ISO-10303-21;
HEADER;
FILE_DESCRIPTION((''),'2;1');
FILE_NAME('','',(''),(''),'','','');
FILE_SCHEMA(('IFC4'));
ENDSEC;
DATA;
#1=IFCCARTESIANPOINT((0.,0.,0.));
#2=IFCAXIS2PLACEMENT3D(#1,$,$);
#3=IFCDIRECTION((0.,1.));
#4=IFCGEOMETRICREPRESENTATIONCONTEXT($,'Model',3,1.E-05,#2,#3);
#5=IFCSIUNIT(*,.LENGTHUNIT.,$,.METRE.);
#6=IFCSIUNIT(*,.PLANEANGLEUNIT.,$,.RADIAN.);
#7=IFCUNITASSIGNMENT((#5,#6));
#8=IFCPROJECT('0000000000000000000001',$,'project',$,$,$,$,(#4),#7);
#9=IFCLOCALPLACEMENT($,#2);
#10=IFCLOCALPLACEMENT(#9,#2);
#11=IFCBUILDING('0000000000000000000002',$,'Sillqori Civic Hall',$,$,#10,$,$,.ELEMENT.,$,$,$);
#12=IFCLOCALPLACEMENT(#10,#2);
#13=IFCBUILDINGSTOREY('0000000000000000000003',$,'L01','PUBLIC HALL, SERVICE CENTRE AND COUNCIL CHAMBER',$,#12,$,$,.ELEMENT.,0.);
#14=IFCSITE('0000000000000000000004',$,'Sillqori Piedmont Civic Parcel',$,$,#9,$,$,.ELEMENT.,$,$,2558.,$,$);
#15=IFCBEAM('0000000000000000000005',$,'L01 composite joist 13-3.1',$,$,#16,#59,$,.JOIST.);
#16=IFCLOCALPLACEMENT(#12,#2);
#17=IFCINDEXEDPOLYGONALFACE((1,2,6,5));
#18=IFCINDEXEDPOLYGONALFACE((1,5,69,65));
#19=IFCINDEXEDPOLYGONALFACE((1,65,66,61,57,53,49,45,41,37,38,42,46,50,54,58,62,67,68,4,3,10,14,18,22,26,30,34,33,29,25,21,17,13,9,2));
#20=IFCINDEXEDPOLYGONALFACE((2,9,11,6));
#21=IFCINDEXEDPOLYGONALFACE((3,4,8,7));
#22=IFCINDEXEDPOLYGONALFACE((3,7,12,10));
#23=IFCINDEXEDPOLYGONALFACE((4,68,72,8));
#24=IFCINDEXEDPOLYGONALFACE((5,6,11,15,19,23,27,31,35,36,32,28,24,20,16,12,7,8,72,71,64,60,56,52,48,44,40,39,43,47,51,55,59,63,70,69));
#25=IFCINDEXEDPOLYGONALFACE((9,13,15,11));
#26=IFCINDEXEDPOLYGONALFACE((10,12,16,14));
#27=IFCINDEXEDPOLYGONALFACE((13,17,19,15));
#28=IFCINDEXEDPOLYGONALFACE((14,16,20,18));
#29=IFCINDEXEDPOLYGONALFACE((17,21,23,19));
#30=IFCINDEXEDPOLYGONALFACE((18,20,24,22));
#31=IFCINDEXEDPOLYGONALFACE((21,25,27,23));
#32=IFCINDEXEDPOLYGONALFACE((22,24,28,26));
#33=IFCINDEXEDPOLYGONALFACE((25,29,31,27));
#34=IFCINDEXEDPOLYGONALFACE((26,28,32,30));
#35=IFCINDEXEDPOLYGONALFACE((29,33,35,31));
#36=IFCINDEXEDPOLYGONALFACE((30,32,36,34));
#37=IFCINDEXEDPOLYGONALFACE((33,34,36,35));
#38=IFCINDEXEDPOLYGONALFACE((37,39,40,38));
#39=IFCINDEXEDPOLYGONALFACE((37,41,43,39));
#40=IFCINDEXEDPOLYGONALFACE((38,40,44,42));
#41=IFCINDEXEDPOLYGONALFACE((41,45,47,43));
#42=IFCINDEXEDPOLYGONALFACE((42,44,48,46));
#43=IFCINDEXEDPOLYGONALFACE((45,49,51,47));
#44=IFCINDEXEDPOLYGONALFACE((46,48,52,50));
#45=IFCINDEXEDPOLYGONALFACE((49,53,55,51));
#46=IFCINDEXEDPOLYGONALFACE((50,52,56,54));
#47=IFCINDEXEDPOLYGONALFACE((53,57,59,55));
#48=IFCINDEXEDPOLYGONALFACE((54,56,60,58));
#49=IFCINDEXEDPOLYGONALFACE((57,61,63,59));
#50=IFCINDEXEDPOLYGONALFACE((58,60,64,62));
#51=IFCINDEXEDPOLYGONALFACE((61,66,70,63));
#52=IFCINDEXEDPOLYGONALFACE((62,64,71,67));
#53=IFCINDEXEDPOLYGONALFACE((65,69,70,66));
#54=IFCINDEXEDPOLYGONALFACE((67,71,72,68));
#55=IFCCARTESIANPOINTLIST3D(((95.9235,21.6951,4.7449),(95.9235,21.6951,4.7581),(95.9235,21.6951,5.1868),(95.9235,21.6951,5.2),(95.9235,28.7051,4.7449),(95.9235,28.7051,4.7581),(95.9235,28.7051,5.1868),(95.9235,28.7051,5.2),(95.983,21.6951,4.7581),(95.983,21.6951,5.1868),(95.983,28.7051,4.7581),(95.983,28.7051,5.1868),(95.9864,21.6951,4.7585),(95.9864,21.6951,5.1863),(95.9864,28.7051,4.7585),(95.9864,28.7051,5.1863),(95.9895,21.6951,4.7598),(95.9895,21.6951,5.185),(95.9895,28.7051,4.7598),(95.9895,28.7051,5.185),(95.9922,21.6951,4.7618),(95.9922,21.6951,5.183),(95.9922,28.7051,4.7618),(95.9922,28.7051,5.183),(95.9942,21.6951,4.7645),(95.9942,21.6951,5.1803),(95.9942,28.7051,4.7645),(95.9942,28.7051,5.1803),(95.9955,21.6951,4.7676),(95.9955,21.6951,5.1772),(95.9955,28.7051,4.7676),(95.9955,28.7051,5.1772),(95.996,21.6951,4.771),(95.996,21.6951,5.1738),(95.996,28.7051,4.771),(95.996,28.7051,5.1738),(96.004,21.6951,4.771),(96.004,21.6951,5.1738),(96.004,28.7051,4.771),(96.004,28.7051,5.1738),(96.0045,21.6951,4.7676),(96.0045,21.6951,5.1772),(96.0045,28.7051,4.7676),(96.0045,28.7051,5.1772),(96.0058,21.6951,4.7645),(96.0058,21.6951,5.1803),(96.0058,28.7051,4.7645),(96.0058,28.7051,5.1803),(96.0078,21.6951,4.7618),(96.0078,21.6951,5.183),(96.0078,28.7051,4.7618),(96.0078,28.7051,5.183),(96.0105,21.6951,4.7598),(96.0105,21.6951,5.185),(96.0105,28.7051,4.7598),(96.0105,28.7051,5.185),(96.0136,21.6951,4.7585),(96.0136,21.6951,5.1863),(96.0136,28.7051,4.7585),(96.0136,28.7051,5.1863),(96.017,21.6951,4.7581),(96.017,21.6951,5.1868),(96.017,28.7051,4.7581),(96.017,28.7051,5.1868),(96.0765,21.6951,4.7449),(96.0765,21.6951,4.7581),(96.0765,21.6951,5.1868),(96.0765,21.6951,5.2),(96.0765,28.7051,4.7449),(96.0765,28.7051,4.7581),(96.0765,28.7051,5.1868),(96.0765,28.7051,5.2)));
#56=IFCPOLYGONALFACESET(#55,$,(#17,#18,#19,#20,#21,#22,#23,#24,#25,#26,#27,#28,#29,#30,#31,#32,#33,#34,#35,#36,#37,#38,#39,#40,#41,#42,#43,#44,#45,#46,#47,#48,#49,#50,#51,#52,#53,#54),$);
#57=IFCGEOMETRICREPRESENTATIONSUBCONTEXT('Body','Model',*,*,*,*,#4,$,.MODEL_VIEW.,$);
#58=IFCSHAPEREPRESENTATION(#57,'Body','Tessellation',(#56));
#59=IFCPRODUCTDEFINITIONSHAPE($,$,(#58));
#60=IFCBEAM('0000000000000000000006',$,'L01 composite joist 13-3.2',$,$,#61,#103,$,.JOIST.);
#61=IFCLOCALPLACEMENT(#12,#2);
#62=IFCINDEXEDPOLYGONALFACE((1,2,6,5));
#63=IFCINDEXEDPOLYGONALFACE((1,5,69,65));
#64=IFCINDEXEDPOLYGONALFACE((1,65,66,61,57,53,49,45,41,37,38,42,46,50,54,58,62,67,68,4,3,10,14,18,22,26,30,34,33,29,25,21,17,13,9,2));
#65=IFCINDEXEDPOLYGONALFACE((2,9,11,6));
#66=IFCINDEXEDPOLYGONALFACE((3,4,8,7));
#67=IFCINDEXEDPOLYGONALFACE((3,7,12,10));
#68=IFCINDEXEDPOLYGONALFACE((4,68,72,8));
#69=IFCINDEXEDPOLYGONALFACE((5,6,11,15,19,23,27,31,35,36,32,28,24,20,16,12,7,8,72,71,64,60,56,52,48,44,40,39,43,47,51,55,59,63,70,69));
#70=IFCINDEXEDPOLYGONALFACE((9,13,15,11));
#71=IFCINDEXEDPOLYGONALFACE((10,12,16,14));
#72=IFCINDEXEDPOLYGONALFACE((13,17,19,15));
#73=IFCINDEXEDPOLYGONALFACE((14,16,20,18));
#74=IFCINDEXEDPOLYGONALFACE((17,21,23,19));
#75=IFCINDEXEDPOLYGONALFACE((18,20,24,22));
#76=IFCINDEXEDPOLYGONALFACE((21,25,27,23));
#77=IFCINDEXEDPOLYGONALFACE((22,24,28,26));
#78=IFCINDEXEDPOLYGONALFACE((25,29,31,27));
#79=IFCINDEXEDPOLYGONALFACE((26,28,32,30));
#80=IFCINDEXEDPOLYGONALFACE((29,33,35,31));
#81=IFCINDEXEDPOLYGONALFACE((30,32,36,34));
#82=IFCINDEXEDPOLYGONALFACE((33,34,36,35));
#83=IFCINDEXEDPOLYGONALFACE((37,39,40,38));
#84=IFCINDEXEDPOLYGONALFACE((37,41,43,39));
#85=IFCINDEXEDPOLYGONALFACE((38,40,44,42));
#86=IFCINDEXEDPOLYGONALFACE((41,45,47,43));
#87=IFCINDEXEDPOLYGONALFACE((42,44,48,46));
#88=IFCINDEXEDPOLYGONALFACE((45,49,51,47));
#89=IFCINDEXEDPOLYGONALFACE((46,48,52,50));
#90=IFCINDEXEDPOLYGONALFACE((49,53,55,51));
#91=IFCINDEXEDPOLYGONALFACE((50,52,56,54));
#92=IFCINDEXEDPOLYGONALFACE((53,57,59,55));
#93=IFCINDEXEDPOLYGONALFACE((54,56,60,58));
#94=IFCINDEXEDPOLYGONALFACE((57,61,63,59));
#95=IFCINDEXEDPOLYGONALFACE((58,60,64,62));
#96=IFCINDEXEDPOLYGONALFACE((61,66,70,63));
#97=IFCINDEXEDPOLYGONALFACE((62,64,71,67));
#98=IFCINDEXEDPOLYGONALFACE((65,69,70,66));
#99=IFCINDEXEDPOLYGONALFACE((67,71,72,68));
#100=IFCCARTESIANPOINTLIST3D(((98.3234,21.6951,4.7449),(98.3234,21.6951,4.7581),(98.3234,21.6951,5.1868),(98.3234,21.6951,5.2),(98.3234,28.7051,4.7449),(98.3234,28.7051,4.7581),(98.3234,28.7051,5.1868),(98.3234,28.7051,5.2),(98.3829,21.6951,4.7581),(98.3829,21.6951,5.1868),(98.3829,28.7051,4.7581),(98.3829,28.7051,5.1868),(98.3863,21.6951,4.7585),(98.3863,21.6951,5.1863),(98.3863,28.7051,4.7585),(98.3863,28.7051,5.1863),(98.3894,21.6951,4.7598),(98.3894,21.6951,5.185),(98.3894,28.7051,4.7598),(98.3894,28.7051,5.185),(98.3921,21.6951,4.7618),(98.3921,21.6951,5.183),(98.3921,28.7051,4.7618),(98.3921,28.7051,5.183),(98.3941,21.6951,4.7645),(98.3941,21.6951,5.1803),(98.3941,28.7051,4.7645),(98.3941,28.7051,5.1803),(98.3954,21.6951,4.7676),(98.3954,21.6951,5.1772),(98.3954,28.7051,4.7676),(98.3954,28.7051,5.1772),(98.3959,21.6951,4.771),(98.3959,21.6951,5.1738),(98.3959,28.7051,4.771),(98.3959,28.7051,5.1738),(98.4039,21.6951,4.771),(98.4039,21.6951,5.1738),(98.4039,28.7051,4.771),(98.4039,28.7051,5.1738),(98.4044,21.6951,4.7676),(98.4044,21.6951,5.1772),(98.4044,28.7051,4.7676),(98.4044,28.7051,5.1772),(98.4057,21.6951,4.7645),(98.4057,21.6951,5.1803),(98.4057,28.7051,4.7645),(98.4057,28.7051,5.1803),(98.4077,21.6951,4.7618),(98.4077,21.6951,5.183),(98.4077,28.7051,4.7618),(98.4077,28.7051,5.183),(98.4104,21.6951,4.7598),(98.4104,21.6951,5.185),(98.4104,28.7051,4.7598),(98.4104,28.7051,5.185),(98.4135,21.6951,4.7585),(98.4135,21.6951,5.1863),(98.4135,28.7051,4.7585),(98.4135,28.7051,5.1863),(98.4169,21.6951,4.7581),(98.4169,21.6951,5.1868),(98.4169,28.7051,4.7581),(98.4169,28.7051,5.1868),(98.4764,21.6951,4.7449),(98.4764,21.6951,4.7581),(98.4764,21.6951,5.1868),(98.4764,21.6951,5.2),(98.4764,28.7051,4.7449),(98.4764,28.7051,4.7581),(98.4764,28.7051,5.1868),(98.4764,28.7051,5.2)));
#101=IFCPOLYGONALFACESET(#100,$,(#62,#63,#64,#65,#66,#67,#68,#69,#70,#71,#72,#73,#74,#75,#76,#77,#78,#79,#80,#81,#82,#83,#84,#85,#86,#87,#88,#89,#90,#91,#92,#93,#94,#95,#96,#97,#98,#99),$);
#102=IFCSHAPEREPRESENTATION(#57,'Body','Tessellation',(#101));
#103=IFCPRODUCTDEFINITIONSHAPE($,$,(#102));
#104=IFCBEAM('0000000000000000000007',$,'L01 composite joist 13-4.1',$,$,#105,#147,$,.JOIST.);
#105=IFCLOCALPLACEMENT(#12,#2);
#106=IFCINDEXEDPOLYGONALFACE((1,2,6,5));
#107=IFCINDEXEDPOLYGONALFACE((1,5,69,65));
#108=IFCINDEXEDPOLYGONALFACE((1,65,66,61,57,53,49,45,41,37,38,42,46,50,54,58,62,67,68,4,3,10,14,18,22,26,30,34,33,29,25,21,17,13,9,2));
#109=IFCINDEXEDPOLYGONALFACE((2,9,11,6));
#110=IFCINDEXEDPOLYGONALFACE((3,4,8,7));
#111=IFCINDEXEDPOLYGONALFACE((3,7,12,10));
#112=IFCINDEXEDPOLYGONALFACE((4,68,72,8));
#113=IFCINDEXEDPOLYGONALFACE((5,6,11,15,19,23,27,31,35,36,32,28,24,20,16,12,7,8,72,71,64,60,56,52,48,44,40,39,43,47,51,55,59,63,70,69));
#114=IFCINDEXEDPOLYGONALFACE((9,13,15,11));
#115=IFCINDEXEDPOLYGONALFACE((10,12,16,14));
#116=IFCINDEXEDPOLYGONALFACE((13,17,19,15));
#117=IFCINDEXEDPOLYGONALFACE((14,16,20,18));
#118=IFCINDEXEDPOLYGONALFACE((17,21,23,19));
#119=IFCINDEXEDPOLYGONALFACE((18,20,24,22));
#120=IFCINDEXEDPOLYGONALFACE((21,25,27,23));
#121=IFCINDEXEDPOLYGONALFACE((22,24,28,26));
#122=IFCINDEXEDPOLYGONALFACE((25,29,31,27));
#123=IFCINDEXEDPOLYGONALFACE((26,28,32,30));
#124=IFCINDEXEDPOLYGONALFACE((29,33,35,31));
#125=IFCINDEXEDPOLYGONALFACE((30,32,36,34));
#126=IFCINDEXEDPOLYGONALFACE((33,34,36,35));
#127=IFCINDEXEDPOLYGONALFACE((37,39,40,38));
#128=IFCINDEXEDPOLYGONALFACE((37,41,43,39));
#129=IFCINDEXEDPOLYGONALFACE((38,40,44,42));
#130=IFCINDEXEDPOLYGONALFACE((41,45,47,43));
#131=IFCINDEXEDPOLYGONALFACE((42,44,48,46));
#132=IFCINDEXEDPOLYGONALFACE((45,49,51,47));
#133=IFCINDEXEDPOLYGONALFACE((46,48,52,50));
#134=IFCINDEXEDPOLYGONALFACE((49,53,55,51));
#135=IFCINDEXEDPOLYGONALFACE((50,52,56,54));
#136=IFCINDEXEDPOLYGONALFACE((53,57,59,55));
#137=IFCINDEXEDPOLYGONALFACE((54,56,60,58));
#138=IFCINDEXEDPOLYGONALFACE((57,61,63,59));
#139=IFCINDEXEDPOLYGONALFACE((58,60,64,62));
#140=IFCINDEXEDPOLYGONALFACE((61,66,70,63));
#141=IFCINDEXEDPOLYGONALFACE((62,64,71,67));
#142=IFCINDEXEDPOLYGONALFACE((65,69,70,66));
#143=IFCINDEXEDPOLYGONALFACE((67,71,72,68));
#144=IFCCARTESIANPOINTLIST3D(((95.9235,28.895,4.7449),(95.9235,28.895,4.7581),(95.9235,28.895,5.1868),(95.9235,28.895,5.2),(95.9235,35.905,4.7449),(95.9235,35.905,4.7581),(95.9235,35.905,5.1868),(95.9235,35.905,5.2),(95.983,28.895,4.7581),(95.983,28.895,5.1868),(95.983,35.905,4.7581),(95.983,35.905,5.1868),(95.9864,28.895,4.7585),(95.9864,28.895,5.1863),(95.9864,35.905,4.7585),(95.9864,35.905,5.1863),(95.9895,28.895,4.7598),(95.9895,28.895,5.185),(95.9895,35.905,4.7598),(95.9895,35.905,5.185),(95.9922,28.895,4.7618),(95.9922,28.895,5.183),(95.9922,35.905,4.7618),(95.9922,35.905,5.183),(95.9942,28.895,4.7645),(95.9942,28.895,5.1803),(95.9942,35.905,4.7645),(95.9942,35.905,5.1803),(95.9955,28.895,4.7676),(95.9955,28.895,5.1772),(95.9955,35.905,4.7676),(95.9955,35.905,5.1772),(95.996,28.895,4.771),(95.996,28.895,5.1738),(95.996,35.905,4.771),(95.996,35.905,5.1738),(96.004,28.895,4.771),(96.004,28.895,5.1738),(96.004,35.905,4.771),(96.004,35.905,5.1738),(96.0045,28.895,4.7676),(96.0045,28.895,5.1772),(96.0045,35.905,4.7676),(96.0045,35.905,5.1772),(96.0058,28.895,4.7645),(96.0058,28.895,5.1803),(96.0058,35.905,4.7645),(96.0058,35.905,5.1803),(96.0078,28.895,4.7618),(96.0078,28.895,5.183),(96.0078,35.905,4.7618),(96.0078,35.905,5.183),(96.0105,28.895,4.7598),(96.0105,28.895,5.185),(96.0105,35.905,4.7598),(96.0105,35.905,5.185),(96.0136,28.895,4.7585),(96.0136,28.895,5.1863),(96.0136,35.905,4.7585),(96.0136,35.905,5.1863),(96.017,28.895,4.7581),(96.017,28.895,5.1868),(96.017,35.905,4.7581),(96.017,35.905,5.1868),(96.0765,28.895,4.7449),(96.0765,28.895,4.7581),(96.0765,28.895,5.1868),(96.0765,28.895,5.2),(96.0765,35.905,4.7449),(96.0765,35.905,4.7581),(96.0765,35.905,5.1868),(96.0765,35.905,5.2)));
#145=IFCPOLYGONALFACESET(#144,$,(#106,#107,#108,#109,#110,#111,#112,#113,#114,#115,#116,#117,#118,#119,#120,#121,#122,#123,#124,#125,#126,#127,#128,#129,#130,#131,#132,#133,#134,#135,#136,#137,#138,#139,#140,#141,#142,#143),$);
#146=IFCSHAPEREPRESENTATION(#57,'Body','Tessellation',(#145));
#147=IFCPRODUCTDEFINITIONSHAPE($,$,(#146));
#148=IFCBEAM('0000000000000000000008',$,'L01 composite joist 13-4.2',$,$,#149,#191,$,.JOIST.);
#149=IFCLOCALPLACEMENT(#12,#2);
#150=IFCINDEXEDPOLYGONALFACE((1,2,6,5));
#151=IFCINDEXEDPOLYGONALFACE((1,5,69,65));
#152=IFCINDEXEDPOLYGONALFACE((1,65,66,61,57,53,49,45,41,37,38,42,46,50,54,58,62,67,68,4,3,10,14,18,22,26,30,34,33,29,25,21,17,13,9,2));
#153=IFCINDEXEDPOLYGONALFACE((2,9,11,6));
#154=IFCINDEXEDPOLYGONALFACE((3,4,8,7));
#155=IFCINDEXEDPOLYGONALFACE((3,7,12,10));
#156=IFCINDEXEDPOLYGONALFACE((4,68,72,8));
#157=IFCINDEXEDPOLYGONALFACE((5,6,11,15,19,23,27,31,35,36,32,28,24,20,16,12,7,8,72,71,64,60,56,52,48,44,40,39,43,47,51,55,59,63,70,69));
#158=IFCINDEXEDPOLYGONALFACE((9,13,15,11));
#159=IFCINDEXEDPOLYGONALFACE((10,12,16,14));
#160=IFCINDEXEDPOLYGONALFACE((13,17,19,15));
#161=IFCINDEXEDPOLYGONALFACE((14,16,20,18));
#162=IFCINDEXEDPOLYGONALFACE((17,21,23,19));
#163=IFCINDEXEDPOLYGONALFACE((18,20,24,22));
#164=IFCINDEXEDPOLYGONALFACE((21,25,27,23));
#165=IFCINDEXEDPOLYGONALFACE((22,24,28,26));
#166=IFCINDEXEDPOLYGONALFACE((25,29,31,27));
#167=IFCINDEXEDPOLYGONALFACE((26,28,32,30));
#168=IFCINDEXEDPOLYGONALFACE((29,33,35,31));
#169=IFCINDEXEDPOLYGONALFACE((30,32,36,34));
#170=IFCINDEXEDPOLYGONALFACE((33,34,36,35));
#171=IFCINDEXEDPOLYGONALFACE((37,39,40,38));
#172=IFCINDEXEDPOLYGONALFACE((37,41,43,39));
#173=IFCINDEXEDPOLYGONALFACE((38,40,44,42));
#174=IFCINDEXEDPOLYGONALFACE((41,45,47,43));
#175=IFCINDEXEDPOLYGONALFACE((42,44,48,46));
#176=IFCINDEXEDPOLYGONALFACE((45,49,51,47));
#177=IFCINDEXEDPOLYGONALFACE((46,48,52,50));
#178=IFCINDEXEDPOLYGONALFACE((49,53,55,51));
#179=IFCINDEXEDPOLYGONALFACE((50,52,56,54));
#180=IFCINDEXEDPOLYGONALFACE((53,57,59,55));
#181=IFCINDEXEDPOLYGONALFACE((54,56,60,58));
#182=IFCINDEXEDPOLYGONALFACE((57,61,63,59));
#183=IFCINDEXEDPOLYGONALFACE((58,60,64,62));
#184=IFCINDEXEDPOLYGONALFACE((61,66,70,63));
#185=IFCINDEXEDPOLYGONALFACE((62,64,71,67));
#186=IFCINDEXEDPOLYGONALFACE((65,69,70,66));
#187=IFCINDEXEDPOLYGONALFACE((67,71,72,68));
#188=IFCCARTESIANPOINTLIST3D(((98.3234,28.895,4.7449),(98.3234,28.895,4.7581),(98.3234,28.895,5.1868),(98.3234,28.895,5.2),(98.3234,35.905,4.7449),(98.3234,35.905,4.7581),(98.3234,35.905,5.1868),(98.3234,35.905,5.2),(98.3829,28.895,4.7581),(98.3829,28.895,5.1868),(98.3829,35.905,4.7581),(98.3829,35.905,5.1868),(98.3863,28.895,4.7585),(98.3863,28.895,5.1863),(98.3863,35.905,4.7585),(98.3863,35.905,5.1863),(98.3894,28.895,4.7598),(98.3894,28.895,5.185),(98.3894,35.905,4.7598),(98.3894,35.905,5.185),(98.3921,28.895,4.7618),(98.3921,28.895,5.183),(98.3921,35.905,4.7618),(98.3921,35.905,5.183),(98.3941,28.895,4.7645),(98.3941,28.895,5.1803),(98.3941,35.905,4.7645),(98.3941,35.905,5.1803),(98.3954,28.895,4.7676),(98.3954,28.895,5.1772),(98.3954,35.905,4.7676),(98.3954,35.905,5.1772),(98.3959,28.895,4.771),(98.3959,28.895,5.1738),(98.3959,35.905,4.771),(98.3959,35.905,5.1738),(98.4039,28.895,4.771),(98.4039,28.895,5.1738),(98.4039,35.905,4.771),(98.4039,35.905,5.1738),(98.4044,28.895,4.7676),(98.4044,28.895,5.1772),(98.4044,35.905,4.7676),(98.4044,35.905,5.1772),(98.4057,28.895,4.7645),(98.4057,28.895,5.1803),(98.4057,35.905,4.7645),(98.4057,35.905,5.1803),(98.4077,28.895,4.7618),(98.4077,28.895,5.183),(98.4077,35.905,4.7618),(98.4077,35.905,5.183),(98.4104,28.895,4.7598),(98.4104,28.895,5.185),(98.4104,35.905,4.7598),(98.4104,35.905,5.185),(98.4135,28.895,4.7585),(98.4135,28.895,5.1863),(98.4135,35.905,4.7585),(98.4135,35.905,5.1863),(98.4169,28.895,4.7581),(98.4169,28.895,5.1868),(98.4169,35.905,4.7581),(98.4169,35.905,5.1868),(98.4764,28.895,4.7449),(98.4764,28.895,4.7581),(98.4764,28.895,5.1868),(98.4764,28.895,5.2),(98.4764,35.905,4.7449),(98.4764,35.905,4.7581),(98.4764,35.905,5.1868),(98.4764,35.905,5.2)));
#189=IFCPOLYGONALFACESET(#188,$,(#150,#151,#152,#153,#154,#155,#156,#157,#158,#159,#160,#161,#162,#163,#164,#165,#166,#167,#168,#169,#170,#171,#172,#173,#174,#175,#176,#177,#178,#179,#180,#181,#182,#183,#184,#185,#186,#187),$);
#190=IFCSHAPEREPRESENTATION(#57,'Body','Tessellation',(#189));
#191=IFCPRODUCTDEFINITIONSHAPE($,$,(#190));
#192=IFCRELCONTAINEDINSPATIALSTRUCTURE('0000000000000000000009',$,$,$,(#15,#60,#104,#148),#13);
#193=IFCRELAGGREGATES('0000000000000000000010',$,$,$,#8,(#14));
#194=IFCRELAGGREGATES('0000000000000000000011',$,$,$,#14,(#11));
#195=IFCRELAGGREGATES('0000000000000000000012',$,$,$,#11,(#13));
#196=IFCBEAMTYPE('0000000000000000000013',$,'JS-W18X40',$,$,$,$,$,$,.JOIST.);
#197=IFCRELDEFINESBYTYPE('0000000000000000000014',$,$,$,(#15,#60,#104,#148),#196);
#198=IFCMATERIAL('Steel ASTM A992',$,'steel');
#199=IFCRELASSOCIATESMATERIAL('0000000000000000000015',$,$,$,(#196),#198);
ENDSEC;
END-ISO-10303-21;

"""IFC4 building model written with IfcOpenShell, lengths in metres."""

from ifc_helpers import new_model, si_unit, direction, frame, origin, origin_2d, place, context, subcontext, project, spatial, i_section, extrude, material, material_profile, profile_set, type_object, element, save


model = new_model("IFC4")

# Units and contexts
model_context = context("Model", 3, precision=1e-05, world=origin(), true_north=direction((0.0, 1.0)))
body_context = subcontext(model_context, "Body", "Model", "MODEL_VIEW")
ifc_project = project(units=[si_unit("LENGTHUNIT", "METRE"), si_unit("PLANEANGLEUNIT", "RADIAN")], contexts=[model_context])

# Site, building, storey
site_placement = place(None, origin())
site = spatial("IfcSite", under=ifc_project, at=site_placement, Name="Sillqori Piedmont Civic Parcel", CompositionType="ELEMENT", RefElevation=2558.0)
building_placement = place(site_placement, origin())
building = spatial("IfcBuilding", under=site, at=building_placement, Name="Sillqori Civic Hall", CompositionType="ELEMENT")
storey_placement = place(building_placement, origin())
storey = spatial("IfcBuildingStorey", under=building, at=storey_placement, Name="L01", Description="PUBLIC HALL, SERVICE CENTRE AND COUNCIL CHAMBER", CompositionType="ELEMENT", Elevation=0.0)

# Shared definitions
ifc_material_1 = material(Name="Steel ASTM A992", Category="steel")

# Beams
ifc_material_profile_1 = material_profile(ifc_material_1, i_section(OverallWidth=0.1531, OverallDepth=0.4551, WebThickness=0.0081, FlangeThickness=0.0132, FilletRadius=0.0129, at=origin_2d()), Name="W18X40")
ifc_profile_set_1 = profile_set([ifc_material_profile_1], Name="Steel ASTM A992")
beam_type_1 = type_object("IfcBeamType", Name="JS-W18X40", PredefinedType="JOIST", material=ifc_profile_set_1)
for number, where, z_axis, x_axis, name in (
    (1, (96.0, 21.6951, 4.9724), (0.0, 1.0, 0.0), (-1.0, 0.0, 0.0), "L01 composite joist 13-3.1"),
    (2, (98.3999, 21.6951, 4.9724), (0.0, 1.0, 0.0), (-1.0, 0.0, 0.0), "L01 composite joist 13-3.2"),
    (3, (96.0, 28.895, 4.9724), (0.0, 1.0, 0.0), (-1.0, 0.0, 0.0), "L01 composite joist 13-4.1"),
    (4, (98.3999, 28.895, 4.9724), (0.0, 1.0, 0.0), (-1.0, 0.0, 0.0), "L01 composite joist 13-4.2"),
):
    element("IfcBeam", number, at=place(storey_placement, frame(where, z_axis=z_axis, x_axis=x_axis)), inside=storey, type_object=beam_type_1, Name=name, PredefinedType="JOIST", context=body_context, shape_type="SweptSolid", body=[
        extrude(i_section(OverallWidth=0.1531, OverallDepth=0.4551, WebThickness=0.0081, FlangeThickness=0.0132, FilletRadius=0.0129, at=origin_2d()), origin(), (0.0, 0.0, 1.0), 7.01),
    ])

save(model, "model.ifc")
